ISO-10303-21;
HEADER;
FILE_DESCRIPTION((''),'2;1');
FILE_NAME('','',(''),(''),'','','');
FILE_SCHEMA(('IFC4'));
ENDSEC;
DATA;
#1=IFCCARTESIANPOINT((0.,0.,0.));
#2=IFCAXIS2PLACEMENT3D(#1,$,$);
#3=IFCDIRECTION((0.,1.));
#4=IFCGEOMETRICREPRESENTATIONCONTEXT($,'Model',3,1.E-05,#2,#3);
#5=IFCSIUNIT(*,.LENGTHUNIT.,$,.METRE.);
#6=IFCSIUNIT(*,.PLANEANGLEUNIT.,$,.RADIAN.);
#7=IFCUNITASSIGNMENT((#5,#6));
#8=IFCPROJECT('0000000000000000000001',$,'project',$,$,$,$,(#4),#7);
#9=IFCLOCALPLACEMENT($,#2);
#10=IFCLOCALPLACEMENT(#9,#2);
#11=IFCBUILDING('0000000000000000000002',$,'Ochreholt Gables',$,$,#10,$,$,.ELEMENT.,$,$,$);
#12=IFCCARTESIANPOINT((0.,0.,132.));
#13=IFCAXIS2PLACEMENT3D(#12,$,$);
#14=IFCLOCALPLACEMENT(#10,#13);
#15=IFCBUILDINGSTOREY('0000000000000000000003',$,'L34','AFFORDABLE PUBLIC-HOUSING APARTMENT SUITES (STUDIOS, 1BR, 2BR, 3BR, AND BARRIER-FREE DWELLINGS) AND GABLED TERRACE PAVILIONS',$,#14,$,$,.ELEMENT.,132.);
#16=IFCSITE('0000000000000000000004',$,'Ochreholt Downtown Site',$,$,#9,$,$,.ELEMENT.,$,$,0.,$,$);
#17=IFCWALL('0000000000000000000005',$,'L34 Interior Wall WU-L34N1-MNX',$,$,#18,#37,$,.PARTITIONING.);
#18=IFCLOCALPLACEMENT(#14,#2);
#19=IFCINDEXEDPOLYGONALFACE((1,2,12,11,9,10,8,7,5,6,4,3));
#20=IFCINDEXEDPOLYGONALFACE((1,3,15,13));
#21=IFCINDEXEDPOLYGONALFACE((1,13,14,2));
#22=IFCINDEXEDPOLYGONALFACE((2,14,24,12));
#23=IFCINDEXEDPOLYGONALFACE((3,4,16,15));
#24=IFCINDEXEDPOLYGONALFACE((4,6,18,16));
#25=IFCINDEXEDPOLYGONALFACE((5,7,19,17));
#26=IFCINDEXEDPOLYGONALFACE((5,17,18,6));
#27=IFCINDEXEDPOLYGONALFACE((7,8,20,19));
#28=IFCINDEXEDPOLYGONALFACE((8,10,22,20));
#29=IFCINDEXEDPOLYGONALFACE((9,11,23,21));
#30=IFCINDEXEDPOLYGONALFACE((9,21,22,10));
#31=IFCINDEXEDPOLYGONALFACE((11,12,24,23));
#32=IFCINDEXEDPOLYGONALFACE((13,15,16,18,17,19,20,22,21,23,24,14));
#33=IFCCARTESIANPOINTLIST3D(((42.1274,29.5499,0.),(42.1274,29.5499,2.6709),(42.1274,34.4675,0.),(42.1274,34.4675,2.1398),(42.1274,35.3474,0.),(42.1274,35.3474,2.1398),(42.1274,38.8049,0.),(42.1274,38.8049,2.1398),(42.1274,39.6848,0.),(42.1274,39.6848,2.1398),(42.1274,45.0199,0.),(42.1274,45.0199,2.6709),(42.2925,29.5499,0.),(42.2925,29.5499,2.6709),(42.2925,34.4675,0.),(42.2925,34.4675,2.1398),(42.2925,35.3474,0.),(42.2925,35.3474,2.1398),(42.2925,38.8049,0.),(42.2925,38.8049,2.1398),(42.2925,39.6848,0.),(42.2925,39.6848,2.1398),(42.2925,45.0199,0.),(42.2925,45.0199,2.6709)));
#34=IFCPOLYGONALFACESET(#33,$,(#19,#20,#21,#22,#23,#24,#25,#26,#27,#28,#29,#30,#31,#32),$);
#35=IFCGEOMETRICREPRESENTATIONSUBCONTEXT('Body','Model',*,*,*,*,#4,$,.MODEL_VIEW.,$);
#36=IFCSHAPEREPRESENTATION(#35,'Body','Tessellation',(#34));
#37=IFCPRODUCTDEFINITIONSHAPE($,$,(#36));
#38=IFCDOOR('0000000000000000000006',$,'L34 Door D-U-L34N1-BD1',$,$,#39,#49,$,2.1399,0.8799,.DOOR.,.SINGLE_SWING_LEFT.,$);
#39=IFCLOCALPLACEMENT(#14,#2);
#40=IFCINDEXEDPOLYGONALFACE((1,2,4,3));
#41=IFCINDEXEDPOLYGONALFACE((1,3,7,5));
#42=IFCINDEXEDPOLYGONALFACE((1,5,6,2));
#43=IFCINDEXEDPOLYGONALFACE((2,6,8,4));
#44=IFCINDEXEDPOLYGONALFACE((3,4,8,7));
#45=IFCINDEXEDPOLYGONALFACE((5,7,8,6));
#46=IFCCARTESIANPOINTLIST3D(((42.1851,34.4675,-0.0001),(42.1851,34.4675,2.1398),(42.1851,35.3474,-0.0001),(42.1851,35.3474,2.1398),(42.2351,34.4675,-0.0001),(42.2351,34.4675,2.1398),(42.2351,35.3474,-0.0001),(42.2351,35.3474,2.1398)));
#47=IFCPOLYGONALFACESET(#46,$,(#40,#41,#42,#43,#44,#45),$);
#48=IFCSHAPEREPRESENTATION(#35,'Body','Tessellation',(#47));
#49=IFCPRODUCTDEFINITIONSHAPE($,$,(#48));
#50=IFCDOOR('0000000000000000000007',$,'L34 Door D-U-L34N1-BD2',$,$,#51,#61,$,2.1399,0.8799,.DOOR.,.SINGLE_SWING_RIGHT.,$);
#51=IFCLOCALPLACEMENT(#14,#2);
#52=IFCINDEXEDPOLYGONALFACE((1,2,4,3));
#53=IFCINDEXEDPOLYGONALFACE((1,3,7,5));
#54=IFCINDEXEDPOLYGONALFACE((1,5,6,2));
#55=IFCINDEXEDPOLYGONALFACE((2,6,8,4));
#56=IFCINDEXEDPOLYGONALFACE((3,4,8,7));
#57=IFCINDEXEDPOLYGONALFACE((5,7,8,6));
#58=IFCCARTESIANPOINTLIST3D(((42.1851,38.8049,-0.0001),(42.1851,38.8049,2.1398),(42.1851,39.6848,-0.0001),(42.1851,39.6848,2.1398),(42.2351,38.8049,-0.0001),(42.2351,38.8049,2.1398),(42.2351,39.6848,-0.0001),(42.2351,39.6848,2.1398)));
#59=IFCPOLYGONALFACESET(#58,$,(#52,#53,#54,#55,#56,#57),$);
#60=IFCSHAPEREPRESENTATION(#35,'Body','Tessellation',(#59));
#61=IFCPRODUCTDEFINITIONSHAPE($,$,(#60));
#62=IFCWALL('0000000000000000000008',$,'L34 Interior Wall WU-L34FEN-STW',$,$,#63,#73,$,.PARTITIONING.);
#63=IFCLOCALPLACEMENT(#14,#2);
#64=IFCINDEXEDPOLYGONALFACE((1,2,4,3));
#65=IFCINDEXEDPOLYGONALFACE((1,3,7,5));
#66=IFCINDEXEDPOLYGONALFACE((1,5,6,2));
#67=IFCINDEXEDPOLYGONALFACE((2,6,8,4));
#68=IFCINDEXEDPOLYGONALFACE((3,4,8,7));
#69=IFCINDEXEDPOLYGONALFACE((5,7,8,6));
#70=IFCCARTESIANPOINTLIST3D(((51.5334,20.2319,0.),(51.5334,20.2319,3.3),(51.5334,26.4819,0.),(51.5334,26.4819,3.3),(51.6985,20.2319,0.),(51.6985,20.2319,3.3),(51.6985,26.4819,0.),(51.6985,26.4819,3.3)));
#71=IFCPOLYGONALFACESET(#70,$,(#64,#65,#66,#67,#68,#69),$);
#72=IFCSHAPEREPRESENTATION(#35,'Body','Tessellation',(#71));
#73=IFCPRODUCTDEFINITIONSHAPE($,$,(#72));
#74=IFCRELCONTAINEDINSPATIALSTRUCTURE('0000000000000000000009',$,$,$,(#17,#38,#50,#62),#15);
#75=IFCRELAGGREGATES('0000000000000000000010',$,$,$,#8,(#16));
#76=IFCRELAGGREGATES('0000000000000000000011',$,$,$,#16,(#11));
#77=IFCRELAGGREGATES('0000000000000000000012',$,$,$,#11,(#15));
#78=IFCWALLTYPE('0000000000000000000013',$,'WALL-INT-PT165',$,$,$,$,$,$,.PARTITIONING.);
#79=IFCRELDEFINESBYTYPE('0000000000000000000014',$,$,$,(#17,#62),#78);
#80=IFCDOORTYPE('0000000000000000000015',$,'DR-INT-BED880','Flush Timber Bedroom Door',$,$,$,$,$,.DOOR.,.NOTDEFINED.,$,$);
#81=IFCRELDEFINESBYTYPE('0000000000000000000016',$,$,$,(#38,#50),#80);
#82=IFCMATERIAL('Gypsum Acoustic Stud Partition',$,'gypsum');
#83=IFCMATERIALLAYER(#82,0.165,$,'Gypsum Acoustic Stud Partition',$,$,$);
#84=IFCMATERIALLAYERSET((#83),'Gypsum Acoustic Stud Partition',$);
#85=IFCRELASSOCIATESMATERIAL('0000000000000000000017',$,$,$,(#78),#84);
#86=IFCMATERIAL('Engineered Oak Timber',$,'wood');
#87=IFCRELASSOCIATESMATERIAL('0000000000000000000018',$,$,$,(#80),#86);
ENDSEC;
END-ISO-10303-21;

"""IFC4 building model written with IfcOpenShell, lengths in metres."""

from ifc_helpers import new_model, si_unit, direction, frame, frame_2d, origin, place, context, subcontext, project, spatial, rectangle, extrude, material, layer, layer_set, type_object, element, fill, save


model = new_model("IFC4")

# Units and contexts
model_context = context("Model", 3, precision=1e-05, world=origin(), true_north=direction((0.0, 1.0)))
body_context = subcontext(model_context, "Body", "Model", "MODEL_VIEW")
ifc_project = project(units=[si_unit("LENGTHUNIT", "METRE"), si_unit("PLANEANGLEUNIT", "RADIAN")], contexts=[model_context])

# Site, building, storey
site_placement = place(None, origin())
site = spatial("IfcSite", under=ifc_project, at=site_placement, Name="Ochreholt Downtown Site", CompositionType="ELEMENT", RefElevation=0.0)
building_placement = place(site_placement, origin())
building = spatial("IfcBuilding", under=site, at=building_placement, Name="Ochreholt Gables", CompositionType="ELEMENT")
storey_placement = place(building_placement, frame((0.0, 0.0, 132.0)))
storey = spatial("IfcBuildingStorey", under=building, at=storey_placement, Name="L34", Description="AFFORDABLE PUBLIC-HOUSING APARTMENT SUITES (STUDIOS, 1BR, 2BR, 3BR, AND BARRIER-FREE DWELLINGS) AND GABLED TERRACE PAVILIONS", CompositionType="ELEMENT", Elevation=132.0)

# Shared definitions
ifc_material_1 = material(Name="Engineered Oak Timber", Category="wood")

# Wall, openings, doors
ifc_material_2 = material(Name="Gypsum Acoustic Stud Partition", Category="gypsum")
ifc_layer_1 = layer(ifc_material_2, 0.165, Name="Gypsum Acoustic Stud Partition")
ifc_layer_set_1 = layer_set([ifc_layer_1], Name="Gypsum Acoustic Stud Partition")
wall_type_1 = type_object("IfcWallType", Name="WALL-INT-PT165", PredefinedType="PARTITIONING", material=ifc_layer_set_1)
wall_1_placement = place(storey_placement, frame((42.21, 29.55, 0.0), z_axis=(0.0, 0.0, 1.0), x_axis=(0.0, 1.0, 0.0)))
wall_1 = element("IfcWall", 1, at=wall_1_placement, inside=storey, type_object=wall_type_1, Name="L34 Interior Wall WU-L34N1-MNX", PredefinedType="PARTITIONING", context=body_context, shape_type="SweptSolid", body=[
    extrude(rectangle(XDim=15.47, YDim=0.165, at=frame_2d((7.7349, 0.0))), origin(), (0.0, 0.0, 1.0), 2.6709),
])
opening_1_placement = place(wall_1_placement, frame((4.9175, 0.0, 0.0)))
opening_1 = element("IfcOpeningElement", 2, at=opening_1_placement, cuts=wall_1, PredefinedType="OPENING", context=body_context, shape_type="SweptSolid", body=[
    extrude(rectangle(XDim=0.8799, YDim=2.1399, at=frame_2d((0.4399, 1.0698))), frame((0.0, 0.0925, 0.0), z_axis=(0.0, -1.0, 0.0), x_axis=(1.0, 0.0, 0.0)), (0.0, 0.0, 1.0), 0.1851),
])
opening_2_placement = place(wall_1_placement, frame((9.2549, 0.0, 0.0)))
opening_2 = element("IfcOpeningElement", 3, at=opening_2_placement, cuts=wall_1, PredefinedType="OPENING", context=body_context, shape_type="SweptSolid", body=[
    extrude(rectangle(XDim=0.8799, YDim=2.1399, at=frame_2d((0.4399, 1.0698))), frame((0.0, 0.0925, 0.0), z_axis=(0.0, -1.0, 0.0), x_axis=(1.0, 0.0, 0.0)), (0.0, 0.0, 1.0), 0.1851),
])
door_type_1 = type_object("IfcDoorType", Name="DR-INT-BED880", Description="Flush Timber Bedroom Door", OperationType="NOTDEFINED", PredefinedType="DOOR", material=ifc_material_1)
door_1_placement = place(opening_1_placement, origin())
door_1 = element("IfcDoor", 4, at=door_1_placement, inside=storey, type_object=door_type_1, Name="L34 Door D-U-L34N1-BD1", OperationType="SINGLE_SWING_LEFT", OverallHeight=2.1399, OverallWidth=0.8799, PredefinedType="DOOR", context=body_context, shape_type="SweptSolid", body=[
    extrude(rectangle(XDim=0.8799, YDim=2.1399, at=frame_2d((0.4399, 1.0698))), frame((0.0, 0.0249, 0.0), z_axis=(0.0, -1.0, 0.0), x_axis=(1.0, 0.0, 0.0)), (0.0, 0.0, 1.0), 0.05),
])
fill(opening_1, door_1)
door_2_placement = place(opening_2_placement, origin())
door_2 = element("IfcDoor", 5, at=door_2_placement, inside=storey, type_object=door_type_1, Name="L34 Door D-U-L34N1-BD2", OperationType="SINGLE_SWING_RIGHT", OverallHeight=2.1399, OverallWidth=0.8799, PredefinedType="DOOR", context=body_context, shape_type="SweptSolid", body=[
    extrude(rectangle(XDim=0.8799, YDim=2.1399, at=frame_2d((0.4399, 1.0698))), frame((0.0, 0.0249, 0.0), z_axis=(0.0, -1.0, 0.0), x_axis=(1.0, 0.0, 0.0)), (0.0, 0.0, 1.0), 0.05),
])
fill(opening_2, door_2)

# Wall
wall_2_placement = place(storey_placement, frame((51.616, 20.2319, 0.0), z_axis=(0.0, 0.0, 1.0), x_axis=(0.0, 1.0, 0.0)))
element("IfcWall", 6, at=wall_2_placement, inside=storey, type_object=wall_type_1, Name="L34 Interior Wall WU-L34FEN-STW", PredefinedType="PARTITIONING", context=body_context, shape_type="SweptSolid", body=[
    extrude(rectangle(XDim=6.25, YDim=0.165, at=frame_2d((3.125, 0.0))), origin(), (0.0, 0.0, 1.0), 3.3),
])

save(model, "model.ifc")
